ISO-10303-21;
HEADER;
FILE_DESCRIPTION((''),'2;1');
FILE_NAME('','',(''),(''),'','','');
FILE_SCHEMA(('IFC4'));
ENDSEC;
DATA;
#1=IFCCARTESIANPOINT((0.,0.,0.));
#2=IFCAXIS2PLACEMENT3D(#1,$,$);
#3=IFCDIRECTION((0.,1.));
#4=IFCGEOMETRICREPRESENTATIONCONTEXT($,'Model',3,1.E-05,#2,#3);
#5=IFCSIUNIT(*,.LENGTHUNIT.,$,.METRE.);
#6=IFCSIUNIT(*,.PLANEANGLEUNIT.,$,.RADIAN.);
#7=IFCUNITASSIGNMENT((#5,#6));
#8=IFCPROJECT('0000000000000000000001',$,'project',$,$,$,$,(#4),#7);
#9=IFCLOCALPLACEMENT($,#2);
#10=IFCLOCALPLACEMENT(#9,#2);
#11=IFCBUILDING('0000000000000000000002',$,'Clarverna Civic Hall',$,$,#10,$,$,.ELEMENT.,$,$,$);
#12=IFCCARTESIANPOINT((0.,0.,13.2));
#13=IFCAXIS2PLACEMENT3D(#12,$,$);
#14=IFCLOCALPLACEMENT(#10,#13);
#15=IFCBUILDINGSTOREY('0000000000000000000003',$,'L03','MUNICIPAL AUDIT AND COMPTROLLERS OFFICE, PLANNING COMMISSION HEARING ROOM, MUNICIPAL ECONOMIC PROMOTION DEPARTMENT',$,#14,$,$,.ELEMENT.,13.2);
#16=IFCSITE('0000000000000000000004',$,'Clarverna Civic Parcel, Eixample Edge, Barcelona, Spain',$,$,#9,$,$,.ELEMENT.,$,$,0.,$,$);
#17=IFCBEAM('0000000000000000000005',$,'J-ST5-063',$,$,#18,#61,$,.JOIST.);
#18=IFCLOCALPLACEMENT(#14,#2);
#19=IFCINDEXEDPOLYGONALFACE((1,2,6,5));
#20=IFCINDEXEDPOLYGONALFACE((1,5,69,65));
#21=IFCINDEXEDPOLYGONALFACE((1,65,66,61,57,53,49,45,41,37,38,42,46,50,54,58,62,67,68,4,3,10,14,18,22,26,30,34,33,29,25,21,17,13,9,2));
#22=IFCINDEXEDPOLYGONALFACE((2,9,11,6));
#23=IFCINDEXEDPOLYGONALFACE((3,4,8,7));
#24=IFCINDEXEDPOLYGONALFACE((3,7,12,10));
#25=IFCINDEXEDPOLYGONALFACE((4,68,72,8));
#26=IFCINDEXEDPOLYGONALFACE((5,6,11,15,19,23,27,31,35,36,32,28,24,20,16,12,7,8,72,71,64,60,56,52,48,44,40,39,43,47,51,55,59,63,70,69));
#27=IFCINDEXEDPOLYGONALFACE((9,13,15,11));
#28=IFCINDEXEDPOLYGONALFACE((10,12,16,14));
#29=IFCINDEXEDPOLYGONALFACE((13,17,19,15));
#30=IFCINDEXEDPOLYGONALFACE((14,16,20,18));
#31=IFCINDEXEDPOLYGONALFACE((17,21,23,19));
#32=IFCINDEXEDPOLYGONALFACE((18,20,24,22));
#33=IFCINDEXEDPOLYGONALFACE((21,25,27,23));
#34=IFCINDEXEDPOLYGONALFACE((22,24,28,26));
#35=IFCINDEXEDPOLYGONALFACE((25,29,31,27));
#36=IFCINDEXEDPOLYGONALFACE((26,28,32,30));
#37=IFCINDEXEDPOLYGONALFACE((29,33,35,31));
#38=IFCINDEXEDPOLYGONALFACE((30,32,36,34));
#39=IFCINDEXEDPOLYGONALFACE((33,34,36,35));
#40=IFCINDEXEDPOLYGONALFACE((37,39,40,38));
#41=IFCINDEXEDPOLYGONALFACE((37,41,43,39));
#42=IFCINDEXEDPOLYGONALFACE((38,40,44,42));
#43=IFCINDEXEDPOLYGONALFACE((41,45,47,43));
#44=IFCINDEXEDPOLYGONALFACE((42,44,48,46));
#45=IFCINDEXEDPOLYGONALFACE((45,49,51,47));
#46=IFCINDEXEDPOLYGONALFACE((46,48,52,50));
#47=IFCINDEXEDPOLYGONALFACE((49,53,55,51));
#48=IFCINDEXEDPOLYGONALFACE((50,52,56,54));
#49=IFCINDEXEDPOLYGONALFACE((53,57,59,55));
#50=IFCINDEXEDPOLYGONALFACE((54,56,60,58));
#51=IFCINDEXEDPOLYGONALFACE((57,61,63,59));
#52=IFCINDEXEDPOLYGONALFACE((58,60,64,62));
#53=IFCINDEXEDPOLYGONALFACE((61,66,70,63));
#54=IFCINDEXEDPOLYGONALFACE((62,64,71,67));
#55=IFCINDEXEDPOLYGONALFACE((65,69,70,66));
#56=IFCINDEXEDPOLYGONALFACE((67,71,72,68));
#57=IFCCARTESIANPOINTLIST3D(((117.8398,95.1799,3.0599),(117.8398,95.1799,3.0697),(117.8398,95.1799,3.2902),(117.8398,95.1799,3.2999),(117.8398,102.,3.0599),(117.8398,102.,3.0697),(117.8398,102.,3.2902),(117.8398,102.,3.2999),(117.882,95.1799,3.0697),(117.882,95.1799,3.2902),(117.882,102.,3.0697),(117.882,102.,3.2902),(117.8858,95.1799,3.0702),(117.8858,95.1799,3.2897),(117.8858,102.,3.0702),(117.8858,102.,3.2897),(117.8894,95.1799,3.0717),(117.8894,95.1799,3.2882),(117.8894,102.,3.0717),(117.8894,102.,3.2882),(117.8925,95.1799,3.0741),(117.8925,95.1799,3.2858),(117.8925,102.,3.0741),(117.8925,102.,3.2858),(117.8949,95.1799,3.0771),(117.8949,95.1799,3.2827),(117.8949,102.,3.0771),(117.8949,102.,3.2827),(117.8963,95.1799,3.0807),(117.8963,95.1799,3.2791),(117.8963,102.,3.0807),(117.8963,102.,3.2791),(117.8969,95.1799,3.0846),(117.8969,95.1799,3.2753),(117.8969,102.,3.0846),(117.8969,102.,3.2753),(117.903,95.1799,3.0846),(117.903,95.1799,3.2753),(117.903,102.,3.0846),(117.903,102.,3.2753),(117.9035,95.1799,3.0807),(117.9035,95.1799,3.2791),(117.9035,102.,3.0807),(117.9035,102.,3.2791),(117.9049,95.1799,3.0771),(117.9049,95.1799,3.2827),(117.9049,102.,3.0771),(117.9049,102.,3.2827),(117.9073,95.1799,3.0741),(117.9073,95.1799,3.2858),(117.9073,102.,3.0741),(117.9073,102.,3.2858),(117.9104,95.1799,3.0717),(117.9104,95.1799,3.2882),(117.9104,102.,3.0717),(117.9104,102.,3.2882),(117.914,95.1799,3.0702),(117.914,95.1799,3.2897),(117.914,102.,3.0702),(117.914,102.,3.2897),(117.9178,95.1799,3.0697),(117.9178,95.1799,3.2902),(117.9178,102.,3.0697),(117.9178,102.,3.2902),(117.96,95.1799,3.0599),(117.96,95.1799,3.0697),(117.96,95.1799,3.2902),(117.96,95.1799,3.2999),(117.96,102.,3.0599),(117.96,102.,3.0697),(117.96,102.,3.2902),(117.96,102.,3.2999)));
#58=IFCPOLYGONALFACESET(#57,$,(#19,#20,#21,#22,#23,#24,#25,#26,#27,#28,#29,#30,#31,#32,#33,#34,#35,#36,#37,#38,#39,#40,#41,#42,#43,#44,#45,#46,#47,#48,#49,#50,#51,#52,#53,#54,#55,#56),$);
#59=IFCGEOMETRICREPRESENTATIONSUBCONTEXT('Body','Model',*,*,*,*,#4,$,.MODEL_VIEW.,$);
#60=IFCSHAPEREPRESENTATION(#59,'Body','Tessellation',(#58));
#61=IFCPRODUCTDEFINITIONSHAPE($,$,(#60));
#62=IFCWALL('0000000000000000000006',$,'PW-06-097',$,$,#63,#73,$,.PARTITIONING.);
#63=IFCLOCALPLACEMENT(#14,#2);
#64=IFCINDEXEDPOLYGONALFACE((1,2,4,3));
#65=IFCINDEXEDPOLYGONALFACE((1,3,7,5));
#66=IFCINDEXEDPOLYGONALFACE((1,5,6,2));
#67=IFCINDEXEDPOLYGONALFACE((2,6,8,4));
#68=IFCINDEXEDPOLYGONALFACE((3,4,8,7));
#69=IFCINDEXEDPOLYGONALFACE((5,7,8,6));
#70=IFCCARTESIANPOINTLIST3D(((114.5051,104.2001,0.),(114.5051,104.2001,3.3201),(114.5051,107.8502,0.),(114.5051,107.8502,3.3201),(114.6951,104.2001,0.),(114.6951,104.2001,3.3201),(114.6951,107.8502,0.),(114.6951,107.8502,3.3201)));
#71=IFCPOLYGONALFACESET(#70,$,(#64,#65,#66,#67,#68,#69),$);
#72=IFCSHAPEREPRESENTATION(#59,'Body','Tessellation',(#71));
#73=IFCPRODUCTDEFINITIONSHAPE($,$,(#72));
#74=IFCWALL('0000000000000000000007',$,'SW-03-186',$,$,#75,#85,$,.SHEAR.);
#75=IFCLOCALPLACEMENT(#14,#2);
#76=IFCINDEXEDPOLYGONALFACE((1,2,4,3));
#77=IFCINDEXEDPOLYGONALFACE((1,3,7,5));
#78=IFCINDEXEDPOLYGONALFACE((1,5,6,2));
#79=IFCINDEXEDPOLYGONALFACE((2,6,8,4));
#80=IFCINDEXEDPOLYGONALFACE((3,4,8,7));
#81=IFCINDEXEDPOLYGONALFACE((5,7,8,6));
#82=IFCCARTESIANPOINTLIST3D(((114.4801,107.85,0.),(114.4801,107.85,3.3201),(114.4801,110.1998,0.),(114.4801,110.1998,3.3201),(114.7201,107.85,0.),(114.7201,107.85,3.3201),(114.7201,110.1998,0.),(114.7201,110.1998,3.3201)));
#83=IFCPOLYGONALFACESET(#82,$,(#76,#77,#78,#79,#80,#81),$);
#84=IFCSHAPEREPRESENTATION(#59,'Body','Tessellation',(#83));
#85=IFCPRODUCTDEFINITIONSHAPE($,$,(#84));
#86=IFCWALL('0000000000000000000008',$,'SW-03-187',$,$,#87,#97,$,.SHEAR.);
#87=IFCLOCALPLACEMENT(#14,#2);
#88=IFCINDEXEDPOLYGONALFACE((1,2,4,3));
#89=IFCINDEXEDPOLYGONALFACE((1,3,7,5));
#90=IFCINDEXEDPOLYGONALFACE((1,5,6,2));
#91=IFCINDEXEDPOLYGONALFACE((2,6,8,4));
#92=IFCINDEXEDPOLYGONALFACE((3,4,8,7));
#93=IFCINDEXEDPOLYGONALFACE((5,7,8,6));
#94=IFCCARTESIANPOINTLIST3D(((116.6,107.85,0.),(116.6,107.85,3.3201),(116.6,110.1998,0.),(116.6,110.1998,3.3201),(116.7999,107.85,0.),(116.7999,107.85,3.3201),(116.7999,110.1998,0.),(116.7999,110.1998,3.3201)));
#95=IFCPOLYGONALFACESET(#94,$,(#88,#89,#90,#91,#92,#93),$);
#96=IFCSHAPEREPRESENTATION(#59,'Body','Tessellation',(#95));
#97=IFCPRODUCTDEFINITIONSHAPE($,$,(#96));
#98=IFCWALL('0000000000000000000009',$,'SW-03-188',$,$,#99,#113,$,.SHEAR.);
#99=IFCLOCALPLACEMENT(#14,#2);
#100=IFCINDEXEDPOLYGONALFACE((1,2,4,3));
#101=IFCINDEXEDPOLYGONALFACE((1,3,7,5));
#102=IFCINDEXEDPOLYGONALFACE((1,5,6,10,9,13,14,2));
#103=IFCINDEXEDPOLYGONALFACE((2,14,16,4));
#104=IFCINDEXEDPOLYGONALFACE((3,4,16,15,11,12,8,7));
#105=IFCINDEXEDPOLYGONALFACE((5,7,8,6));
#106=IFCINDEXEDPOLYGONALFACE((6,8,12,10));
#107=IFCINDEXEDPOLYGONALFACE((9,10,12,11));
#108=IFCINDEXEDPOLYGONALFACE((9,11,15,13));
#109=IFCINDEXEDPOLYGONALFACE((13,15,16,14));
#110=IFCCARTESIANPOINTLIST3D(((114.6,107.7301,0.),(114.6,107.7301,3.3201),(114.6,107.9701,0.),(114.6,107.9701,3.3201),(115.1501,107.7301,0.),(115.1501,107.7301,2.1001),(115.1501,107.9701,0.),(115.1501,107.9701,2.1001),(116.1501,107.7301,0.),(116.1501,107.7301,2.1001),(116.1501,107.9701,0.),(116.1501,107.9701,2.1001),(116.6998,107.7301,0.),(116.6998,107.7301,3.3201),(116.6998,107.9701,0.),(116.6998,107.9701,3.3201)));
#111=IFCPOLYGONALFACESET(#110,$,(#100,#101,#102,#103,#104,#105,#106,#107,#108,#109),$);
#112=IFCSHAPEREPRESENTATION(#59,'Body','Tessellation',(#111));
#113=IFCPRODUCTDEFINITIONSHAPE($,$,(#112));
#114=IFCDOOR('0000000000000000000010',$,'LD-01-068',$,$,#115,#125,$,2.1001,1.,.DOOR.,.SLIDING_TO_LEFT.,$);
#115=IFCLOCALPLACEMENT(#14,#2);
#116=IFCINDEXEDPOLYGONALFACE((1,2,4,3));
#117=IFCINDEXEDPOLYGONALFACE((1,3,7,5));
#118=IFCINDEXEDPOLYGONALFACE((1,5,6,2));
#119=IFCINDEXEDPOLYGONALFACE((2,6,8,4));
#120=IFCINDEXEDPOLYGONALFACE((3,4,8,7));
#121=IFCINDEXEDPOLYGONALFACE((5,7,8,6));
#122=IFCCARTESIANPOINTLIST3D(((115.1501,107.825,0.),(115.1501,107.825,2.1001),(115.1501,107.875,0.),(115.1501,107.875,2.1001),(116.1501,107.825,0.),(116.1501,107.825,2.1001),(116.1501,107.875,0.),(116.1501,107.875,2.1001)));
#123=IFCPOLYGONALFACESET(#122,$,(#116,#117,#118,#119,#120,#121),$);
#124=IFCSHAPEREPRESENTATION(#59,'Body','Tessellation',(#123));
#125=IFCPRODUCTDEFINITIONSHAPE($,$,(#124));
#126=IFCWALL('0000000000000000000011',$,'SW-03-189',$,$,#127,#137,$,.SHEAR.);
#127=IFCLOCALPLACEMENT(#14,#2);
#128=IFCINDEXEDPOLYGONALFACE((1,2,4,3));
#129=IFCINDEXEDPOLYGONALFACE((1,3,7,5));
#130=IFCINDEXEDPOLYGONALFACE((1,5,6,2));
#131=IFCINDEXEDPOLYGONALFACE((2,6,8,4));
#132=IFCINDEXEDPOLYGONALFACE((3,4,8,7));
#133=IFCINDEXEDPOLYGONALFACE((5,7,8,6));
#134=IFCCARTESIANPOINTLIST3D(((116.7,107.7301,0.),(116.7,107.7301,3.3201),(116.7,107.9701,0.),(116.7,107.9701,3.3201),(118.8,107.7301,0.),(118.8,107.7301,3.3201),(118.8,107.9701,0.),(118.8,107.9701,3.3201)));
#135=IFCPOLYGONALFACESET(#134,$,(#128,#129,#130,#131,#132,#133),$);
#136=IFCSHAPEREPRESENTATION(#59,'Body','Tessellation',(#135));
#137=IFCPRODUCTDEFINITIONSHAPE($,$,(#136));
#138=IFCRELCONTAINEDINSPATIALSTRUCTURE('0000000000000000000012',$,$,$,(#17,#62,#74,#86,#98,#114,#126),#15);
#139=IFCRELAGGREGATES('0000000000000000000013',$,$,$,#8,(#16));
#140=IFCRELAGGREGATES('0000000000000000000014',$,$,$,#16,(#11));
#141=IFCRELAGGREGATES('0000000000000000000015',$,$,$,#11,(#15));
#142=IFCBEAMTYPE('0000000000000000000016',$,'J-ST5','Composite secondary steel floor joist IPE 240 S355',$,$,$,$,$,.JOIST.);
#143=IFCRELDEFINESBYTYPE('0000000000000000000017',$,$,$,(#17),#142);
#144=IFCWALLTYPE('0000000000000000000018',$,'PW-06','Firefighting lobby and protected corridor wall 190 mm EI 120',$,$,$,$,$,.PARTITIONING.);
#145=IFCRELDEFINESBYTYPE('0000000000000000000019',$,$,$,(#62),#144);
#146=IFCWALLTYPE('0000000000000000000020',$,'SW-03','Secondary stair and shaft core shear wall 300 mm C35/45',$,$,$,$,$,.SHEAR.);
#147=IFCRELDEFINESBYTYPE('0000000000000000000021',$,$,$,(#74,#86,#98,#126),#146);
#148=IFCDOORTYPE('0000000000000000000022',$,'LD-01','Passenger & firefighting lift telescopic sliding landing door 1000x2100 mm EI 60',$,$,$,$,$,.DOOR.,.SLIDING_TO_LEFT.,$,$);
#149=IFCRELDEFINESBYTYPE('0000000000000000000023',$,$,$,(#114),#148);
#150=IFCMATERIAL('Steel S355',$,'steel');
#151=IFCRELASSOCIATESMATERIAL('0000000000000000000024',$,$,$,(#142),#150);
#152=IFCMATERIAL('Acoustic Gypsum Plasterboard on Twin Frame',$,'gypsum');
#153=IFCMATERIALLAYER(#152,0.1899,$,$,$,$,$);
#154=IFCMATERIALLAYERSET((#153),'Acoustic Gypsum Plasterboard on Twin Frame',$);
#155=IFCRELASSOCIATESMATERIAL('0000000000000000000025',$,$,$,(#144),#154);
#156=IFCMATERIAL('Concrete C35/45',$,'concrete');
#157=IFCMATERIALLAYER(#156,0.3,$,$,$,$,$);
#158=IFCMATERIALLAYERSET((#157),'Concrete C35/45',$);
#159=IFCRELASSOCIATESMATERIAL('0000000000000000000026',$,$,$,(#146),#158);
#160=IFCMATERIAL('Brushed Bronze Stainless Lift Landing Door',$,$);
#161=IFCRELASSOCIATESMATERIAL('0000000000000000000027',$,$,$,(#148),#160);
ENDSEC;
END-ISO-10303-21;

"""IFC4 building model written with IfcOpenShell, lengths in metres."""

from ifc_helpers import new_model, si_unit, direction, frame, frame_2d, origin, origin_2d, place, context, subcontext, project, spatial, rectangle, i_section, extrude, material, layer, layer_set, material_profile, profile_set, type_object, element, fill, save


model = new_model("IFC4")

# Units and contexts
model_context = context("Model", 3, precision=1e-05, world=origin(), true_north=direction((0.0, 1.0)))
body_context = subcontext(model_context, "Body", "Model", "MODEL_VIEW")
ifc_project = project(units=[si_unit("LENGTHUNIT", "METRE"), si_unit("PLANEANGLEUNIT", "RADIAN")], contexts=[model_context])

# Site, building, storey
site_placement = place(None, origin())
site = spatial("IfcSite", under=ifc_project, at=site_placement, Name="Clarverna Civic Parcel, Eixample Edge, Barcelona, Spain", CompositionType="ELEMENT", RefElevation=0.0)
building_placement = place(site_placement, origin())
building = spatial("IfcBuilding", under=site, at=building_placement, Name="Clarverna Civic Hall", CompositionType="ELEMENT")
storey_placement = place(building_placement, frame((0.0, 0.0, 13.2)))
storey = spatial("IfcBuildingStorey", under=building, at=storey_placement, Name="L03", Description="MUNICIPAL AUDIT AND COMPTROLLERS OFFICE, PLANNING COMMISSION HEARING ROOM, MUNICIPAL ECONOMIC PROMOTION DEPARTMENT", CompositionType="ELEMENT", Elevation=13.2)

# Shared definitions
ifc_material_1 = material(Name="Concrete C35/45", Category="concrete")
ifc_material_2 = material(Name="Steel S355", Category="steel")

# Beam
ifc_material_profile_1 = material_profile(ifc_material_2, i_section(OverallWidth=0.1201, OverallDepth=0.24, WebThickness=0.0061, FlangeThickness=0.0098, FilletRadius=0.0149, at=origin_2d()), Name="IPE 240")
ifc_profile_set_1 = profile_set([ifc_material_profile_1], Name="Steel S355")
beam_type_1 = type_object("IfcBeamType", Name="J-ST5", Description="Composite secondary steel floor joist IPE 240 S355", PredefinedType="JOIST", material=ifc_profile_set_1)
beam_1_placement = place(storey_placement, frame((117.8999, 95.1799, 3.1799), z_axis=(0.0, 1.0, 0.0), x_axis=(-1.0, 0.0, 0.0)))
element("IfcBeam", 1, at=beam_1_placement, inside=storey, type_object=beam_type_1, Name="J-ST5-063", PredefinedType="JOIST", context=body_context, shape_type="SweptSolid", body=[
    extrude(i_section(OverallWidth=0.1201, OverallDepth=0.24, WebThickness=0.0061, FlangeThickness=0.0098, FilletRadius=0.0149, at=origin_2d()), origin(), (0.0, 0.0, 1.0), 6.8201),
])

# Wall
ifc_material_3 = material(Name="Acoustic Gypsum Plasterboard on Twin Frame", Category="gypsum")
ifc_layer_1 = layer(ifc_material_3, 0.1899)
ifc_layer_set_1 = layer_set([ifc_layer_1], Name="Acoustic Gypsum Plasterboard on Twin Frame")
wall_type_1 = type_object("IfcWallType", Name="PW-06", Description="Firefighting lobby and protected corridor wall 190 mm EI 120", PredefinedType="PARTITIONING", material=ifc_layer_set_1)
wall_1_placement = place(storey_placement, frame((114.6001, 104.2, 0.0), z_axis=(0.0, 0.0, 1.0), x_axis=(0.0, 1.0, 0.0)))
element("IfcWall", 2, at=wall_1_placement, inside=storey, type_object=wall_type_1, Name="PW-06-097", PredefinedType="PARTITIONING", context=body_context, shape_type="SweptSolid", body=[
    extrude(rectangle(XDim=3.6501, YDim=0.1899, at=frame_2d((1.8252, 0.0))), origin(), (0.0, 0.0, 1.0), 3.3201),
])

# Walls
ifc_layer_2 = layer(ifc_material_1, 0.3)
ifc_layer_set_2 = layer_set([ifc_layer_2], Name="Concrete C35/45")
wall_type_2 = type_object("IfcWallType", Name="SW-03", Description="Secondary stair and shaft core shear wall 300 mm C35/45", PredefinedType="SHEAR", material=ifc_layer_set_2)
wall_2_placement = place(storey_placement, frame((114.6001, 107.8501, 0.0), z_axis=(0.0, 0.0, 1.0), x_axis=(0.0, 1.0, 0.0)))
element("IfcWall", 3, at=wall_2_placement, inside=storey, type_object=wall_type_2, Name="SW-03-186", PredefinedType="SHEAR", context=body_context, shape_type="SweptSolid", body=[
    extrude(rectangle(XDim=2.3499, YDim=0.24, at=frame_2d((1.1748, 0.0))), origin(), (0.0, 0.0, 1.0), 3.3201),
])
wall_3_placement = place(storey_placement, frame((116.7, 107.8501, 0.0), z_axis=(0.0, 0.0, 1.0), x_axis=(0.0, 1.0, 0.0)))
element("IfcWall", 4, at=wall_3_placement, inside=storey, type_object=wall_type_2, Name="SW-03-187", PredefinedType="SHEAR", context=body_context, shape_type="SweptSolid", body=[
    extrude(rectangle(XDim=2.3499, YDim=0.2, at=frame_2d((1.1748, 0.0))), origin(), (0.0, 0.0, 1.0), 3.3201),
])

# Wall, opening, door
wall_4_placement = place(storey_placement, frame((114.6001, 107.8501, 0.0), z_axis=(0.0, 0.0, 1.0), x_axis=(1.0, 0.0, 0.0)))
wall_4 = element("IfcWall", 5, at=wall_4_placement, inside=storey, type_object=wall_type_2, Name="SW-03-188", PredefinedType="SHEAR", context=body_context, shape_type="SweptSolid", body=[
    extrude(rectangle(XDim=2.0999, YDim=0.24, at=frame_2d((1.0498, 0.0))), origin(), (0.0, 0.0, 1.0), 3.3201),
])
opening_1_placement = place(wall_4_placement, frame((0.55, 0.0, 0.0)))
opening_1 = element("IfcOpeningElement", 6, at=opening_1_placement, cuts=wall_4, PredefinedType="OPENING", context=body_context, shape_type="SweptSolid", body=[
    extrude(rectangle(XDim=1.0, YDim=2.1001, at=frame_2d((0.5, 1.05))), frame((0.0, 0.1299, 0.0), z_axis=(0.0, -1.0, 0.0), x_axis=(1.0, 0.0, 0.0)), (0.0, 0.0, 1.0), 0.26),
])
ifc_material_4 = material(Name="Brushed Bronze Stainless Lift Landing Door")
door_type_1 = type_object("IfcDoorType", Name="LD-01", Description="Passenger & firefighting lift telescopic sliding landing door 1000x2100 mm EI 60", OperationType="SLIDING_TO_LEFT", PredefinedType="DOOR", material=ifc_material_4)
door_1_placement = place(opening_1_placement, origin())
door_1 = element("IfcDoor", 7, at=door_1_placement, inside=storey, type_object=door_type_1, Name="LD-01-068", OperationType="SLIDING_TO_LEFT", OverallHeight=2.1001, OverallWidth=1.0, PredefinedType="DOOR", context=body_context, shape_type="SweptSolid", body=[
    extrude(rectangle(XDim=1.0, YDim=2.1001, at=frame_2d((0.5, 1.05))), frame((0.0, 0.0249, 0.0), z_axis=(0.0, -1.0, 0.0), x_axis=(1.0, 0.0, 0.0)), (0.0, 0.0, 1.0), 0.05),
])
fill(opening_1, door_1)

# Wall
wall_5_placement = place(storey_placement, frame((116.7, 107.8501, 0.0), z_axis=(0.0, 0.0, 1.0), x_axis=(1.0, 0.0, 0.0)))
element("IfcWall", 8, at=wall_5_placement, inside=storey, type_object=wall_type_2, Name="SW-03-189", PredefinedType="SHEAR", context=body_context, shape_type="SweptSolid", body=[
    extrude(rectangle(XDim=2.1001, YDim=0.24, at=frame_2d((1.05, 0.0))), origin(), (0.0, 0.0, 1.0), 3.3201),
])

save(model, "model.ifc")
